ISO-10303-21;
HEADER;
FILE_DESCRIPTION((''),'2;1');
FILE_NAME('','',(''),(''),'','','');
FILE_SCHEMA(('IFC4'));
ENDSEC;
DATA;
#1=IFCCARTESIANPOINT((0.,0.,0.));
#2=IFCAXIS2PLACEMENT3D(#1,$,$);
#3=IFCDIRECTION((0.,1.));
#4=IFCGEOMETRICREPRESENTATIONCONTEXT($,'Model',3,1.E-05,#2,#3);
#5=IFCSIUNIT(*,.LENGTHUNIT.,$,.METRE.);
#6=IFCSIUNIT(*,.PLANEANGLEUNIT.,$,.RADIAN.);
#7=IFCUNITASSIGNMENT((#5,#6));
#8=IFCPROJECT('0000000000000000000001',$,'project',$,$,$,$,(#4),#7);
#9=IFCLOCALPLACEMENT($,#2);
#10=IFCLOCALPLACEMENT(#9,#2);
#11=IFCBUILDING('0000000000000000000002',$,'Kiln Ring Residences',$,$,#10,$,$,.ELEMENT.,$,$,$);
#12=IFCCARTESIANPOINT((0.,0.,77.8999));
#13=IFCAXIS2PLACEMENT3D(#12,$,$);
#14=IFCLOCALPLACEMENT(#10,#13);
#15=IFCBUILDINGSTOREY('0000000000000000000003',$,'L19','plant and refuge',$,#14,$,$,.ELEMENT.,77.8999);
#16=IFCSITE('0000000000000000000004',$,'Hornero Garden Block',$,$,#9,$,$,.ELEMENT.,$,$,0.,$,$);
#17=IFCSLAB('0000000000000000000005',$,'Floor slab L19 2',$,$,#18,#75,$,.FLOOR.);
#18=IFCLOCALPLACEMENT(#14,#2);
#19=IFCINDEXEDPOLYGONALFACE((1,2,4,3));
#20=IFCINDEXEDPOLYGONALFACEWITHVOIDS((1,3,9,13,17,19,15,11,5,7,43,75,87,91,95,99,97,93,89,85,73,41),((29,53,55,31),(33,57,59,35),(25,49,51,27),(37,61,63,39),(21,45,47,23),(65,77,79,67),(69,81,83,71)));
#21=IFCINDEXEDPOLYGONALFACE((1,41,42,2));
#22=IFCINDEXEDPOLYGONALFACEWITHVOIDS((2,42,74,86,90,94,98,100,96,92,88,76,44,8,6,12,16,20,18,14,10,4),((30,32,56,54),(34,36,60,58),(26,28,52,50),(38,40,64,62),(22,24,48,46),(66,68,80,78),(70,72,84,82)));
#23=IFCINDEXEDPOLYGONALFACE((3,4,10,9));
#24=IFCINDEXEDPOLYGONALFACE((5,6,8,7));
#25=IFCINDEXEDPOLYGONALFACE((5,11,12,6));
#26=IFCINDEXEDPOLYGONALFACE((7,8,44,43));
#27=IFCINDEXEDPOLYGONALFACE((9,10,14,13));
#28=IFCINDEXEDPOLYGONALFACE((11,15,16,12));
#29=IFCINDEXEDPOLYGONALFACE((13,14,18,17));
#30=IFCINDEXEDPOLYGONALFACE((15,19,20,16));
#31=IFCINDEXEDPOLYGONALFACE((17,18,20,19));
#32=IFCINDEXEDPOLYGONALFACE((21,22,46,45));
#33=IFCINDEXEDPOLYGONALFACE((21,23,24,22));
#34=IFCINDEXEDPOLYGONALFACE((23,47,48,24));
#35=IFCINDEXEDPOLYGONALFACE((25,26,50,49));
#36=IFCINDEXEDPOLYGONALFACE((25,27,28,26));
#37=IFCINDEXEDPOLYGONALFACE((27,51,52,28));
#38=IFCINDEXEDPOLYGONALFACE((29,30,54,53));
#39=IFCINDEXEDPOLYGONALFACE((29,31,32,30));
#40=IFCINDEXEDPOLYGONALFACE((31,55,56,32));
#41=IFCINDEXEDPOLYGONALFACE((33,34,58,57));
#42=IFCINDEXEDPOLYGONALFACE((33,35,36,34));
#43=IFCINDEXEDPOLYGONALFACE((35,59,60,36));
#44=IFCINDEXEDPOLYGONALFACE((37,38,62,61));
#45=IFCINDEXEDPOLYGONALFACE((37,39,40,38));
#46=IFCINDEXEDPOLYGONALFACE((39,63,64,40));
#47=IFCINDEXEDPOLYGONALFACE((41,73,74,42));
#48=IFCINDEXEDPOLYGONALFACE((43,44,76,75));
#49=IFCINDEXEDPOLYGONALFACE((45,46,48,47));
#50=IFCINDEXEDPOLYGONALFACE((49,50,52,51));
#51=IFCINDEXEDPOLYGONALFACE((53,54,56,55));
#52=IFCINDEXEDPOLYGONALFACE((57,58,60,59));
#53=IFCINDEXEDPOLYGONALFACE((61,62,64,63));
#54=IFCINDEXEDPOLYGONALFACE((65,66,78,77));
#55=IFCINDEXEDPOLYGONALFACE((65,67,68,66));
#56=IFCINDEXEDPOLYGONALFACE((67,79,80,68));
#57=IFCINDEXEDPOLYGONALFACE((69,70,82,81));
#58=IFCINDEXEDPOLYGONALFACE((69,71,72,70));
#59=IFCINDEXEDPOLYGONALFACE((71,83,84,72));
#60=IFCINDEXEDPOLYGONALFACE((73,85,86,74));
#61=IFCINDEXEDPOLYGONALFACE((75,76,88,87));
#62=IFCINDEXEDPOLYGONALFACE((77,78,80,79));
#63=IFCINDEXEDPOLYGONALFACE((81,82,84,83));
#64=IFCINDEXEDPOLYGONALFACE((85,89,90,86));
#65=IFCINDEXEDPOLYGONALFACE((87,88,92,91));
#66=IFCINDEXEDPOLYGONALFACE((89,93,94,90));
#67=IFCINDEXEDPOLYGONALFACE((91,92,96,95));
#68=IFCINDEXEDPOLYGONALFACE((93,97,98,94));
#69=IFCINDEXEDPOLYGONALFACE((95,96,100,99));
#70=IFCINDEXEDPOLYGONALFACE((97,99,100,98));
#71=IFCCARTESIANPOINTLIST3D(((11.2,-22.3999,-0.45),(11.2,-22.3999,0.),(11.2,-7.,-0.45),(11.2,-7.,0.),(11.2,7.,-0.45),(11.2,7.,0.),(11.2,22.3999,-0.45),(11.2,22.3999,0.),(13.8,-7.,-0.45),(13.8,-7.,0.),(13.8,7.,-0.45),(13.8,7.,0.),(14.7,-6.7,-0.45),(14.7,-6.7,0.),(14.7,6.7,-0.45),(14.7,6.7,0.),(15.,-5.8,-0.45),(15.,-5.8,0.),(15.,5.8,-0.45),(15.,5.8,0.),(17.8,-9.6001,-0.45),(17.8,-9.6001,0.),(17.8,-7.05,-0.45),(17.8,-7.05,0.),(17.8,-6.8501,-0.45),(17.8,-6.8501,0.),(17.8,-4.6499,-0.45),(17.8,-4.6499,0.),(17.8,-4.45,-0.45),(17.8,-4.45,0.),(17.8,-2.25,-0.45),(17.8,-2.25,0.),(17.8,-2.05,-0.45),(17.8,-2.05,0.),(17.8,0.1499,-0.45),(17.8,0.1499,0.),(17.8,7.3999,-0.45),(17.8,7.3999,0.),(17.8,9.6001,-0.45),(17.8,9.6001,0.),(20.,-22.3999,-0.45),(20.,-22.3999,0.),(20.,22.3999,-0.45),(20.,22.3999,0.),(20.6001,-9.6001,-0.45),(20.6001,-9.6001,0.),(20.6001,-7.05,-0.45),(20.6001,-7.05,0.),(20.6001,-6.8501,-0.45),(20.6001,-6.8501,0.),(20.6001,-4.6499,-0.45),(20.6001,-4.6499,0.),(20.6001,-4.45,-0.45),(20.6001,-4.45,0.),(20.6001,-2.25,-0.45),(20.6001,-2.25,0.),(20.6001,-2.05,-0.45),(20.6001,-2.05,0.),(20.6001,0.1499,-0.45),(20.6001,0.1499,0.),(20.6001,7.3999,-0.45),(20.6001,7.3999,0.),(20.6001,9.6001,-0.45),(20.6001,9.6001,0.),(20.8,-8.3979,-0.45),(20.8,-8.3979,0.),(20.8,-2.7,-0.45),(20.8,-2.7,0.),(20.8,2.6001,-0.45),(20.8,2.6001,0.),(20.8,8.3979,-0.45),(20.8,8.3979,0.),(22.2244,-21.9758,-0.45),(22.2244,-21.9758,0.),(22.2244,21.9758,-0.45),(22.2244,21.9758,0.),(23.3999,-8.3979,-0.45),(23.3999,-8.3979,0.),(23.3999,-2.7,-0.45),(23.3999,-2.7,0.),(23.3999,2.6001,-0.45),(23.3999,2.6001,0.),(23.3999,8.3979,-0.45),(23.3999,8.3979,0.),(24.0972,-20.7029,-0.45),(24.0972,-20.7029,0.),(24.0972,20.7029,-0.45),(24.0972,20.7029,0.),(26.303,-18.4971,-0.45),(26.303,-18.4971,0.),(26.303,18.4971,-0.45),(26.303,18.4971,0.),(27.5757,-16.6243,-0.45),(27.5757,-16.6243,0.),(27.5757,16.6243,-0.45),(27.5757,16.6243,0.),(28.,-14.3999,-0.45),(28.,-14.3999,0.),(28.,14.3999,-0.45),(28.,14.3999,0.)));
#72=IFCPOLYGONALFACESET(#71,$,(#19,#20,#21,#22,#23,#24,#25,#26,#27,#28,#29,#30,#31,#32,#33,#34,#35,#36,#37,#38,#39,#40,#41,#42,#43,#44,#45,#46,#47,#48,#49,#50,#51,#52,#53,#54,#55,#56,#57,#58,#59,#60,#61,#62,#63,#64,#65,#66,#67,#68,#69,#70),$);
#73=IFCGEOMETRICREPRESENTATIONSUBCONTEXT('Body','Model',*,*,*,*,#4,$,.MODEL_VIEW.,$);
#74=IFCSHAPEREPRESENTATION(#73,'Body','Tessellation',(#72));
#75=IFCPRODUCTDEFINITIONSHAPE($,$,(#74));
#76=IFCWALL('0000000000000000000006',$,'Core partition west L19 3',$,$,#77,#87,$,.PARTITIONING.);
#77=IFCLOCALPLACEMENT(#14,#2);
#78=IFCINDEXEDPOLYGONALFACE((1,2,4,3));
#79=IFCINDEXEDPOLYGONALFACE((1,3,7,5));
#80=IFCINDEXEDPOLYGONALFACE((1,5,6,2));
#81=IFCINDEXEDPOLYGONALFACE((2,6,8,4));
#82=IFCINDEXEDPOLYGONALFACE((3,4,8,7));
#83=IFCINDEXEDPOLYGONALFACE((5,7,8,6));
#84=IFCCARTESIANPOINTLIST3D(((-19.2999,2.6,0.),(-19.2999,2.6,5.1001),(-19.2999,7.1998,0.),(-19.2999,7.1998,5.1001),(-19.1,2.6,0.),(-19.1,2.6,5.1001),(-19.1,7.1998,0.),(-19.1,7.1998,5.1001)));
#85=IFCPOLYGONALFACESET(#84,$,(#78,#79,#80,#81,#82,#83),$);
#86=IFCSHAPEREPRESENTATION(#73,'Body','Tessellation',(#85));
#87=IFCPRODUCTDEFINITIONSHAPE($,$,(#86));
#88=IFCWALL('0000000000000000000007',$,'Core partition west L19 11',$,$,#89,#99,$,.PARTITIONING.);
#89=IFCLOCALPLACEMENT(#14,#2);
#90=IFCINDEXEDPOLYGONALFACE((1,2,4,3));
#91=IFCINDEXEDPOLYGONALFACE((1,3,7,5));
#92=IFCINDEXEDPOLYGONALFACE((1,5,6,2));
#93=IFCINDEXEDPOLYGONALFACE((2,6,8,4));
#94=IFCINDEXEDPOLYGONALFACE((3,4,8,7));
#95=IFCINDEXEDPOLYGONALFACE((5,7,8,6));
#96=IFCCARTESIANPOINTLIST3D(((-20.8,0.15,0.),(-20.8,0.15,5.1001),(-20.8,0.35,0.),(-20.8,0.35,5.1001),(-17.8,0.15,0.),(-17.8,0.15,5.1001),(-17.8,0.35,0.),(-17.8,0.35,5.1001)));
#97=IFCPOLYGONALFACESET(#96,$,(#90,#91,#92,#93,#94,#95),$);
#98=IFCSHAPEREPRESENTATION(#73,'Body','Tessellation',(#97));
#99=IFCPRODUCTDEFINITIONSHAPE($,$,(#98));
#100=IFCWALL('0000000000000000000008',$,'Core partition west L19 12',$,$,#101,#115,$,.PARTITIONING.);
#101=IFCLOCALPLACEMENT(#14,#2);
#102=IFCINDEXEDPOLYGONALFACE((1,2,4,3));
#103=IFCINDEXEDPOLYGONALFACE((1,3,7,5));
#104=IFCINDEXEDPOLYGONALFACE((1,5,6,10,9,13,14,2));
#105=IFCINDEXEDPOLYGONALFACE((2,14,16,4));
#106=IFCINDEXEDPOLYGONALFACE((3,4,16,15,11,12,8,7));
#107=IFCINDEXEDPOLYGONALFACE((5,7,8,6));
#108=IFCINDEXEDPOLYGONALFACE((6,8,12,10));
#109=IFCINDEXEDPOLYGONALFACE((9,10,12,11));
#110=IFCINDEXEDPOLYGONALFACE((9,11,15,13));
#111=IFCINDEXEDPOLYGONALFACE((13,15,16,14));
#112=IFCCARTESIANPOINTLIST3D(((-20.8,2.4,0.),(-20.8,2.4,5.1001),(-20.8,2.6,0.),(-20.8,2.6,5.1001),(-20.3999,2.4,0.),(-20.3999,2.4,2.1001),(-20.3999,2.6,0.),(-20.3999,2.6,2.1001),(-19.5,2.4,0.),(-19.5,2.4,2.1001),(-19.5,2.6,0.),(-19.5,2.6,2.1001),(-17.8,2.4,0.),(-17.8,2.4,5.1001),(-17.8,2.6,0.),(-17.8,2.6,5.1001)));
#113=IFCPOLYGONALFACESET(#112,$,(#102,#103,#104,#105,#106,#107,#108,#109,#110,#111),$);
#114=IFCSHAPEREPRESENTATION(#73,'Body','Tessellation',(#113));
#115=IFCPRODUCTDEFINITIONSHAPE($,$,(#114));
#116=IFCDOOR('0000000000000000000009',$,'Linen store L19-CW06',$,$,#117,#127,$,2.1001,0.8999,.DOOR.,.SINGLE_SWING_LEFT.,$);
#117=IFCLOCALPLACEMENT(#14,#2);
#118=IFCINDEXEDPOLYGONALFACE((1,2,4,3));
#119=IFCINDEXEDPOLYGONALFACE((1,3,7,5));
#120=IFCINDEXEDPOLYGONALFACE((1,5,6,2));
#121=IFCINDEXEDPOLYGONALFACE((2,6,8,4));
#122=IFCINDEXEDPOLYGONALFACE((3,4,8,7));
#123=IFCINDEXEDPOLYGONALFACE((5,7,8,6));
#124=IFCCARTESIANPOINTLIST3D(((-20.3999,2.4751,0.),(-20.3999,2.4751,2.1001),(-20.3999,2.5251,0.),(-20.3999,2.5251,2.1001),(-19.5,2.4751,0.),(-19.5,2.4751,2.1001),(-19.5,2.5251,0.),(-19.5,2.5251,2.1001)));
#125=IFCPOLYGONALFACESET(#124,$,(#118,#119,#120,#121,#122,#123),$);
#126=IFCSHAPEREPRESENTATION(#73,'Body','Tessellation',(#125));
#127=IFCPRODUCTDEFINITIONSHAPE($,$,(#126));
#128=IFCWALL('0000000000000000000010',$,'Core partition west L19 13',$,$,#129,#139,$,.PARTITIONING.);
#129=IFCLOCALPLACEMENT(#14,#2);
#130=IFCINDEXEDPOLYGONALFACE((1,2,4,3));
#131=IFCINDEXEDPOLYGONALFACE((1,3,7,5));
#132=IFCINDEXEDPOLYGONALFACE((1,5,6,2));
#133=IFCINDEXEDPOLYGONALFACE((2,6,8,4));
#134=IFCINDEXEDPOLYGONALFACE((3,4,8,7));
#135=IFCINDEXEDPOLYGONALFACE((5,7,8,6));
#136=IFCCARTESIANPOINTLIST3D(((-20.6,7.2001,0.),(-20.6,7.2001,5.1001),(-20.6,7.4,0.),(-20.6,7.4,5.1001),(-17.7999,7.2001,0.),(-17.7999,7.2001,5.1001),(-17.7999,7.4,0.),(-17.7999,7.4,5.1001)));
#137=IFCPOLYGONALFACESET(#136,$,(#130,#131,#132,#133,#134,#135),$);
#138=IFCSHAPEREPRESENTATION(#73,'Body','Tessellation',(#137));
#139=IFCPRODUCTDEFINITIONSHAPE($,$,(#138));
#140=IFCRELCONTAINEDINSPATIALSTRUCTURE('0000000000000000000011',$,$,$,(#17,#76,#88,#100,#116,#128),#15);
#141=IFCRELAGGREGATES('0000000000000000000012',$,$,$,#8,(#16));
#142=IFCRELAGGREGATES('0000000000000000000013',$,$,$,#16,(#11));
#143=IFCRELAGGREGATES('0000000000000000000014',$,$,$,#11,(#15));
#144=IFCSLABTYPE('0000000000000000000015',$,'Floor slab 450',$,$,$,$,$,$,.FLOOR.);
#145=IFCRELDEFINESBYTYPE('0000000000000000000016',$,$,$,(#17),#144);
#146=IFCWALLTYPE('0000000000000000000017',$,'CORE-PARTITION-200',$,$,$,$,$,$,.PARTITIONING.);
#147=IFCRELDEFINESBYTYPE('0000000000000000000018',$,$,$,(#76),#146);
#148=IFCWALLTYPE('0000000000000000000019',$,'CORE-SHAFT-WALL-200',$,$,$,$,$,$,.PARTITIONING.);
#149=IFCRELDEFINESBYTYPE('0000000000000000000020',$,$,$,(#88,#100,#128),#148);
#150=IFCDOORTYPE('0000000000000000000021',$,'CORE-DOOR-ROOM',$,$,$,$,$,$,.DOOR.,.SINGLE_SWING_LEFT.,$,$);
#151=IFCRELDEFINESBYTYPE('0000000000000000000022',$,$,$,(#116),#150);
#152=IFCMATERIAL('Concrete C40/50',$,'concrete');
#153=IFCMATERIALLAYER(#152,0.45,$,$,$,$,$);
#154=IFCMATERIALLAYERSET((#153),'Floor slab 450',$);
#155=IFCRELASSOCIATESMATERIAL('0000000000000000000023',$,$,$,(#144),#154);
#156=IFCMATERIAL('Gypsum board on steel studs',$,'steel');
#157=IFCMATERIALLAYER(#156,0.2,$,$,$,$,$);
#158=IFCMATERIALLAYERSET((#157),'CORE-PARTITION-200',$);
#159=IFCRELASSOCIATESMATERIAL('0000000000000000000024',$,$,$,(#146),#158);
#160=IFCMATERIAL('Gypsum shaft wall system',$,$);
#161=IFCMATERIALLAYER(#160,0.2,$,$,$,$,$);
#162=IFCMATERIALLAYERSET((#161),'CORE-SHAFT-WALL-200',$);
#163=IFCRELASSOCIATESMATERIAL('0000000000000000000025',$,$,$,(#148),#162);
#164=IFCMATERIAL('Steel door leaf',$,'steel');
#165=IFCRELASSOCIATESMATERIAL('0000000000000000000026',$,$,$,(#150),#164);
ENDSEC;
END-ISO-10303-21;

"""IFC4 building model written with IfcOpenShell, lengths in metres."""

from ifc_helpers import new_model, si_unit, direction, frame, frame_2d, origin, place, context, subcontext, project, spatial, polyline, rectangle, outline, extrude, material, layer, layer_set, type_object, element, fill, save


model = new_model("IFC4")

# Units and contexts
model_context = context("Model", 3, precision=1e-05, world=origin(), true_north=direction((0.0, 1.0)))
body_context = subcontext(model_context, "Body", "Model", "MODEL_VIEW")
ifc_project = project(units=[si_unit("LENGTHUNIT", "METRE"), si_unit("PLANEANGLEUNIT", "RADIAN")], contexts=[model_context])

# Site, building, storey
site_placement = place(None, origin())
site = spatial("IfcSite", under=ifc_project, at=site_placement, Name="Hornero Garden Block", CompositionType="ELEMENT", RefElevation=0.0)
building_placement = place(site_placement, origin())
building = spatial("IfcBuilding", under=site, at=building_placement, Name="Kiln Ring Residences", CompositionType="ELEMENT")
storey_placement = place(building_placement, frame((0.0, 0.0, 77.8999)))
storey = spatial("IfcBuildingStorey", under=building, at=storey_placement, Name="L19", Description="plant and refuge", CompositionType="ELEMENT", Elevation=77.8999)

# Slab
ifc_material_1 = material(Name="Concrete C40/50", Category="concrete")
ifc_layer_1 = layer(ifc_material_1, 0.45)
ifc_layer_set_1 = layer_set([ifc_layer_1], Name="Floor slab 450")
slab_type = type_object("IfcSlabType", Name="Floor slab 450", PredefinedType="FLOOR", material=ifc_layer_set_1)
placement = place(storey_placement, frame((0.0, 0.0, -0.45)))
element("IfcSlab", 1, at=placement, inside=storey, type_object=slab_type, Name="Floor slab L19 2", PredefinedType="FLOOR", context=body_context, shape_type="SweptSolid", body=[
    extrude(outline(polyline([(13.8, -7.0), (11.2, -7.0), (11.2, -22.3999), (20.0, -22.3999), (22.2244, -21.9758), (24.0972, -20.7029), (26.303, -18.4971), (27.5757, -16.6243), (28.0, -14.3999), (28.0, 14.3999), (27.5757, 16.6243), (26.303, 18.4971), (24.0972, 20.7029), (22.2244, 21.9758), (20.0, 22.3999), (11.2, 22.3999), (11.2, 7.0), (13.8, 7.0), (14.7, 6.7), (15.0, 5.8), (15.0, -5.8), (14.7, -6.7), (13.8, -7.0)]), holes=[polyline([(20.8, -8.3979), (20.8, -2.7), (23.3999, -2.7), (23.3999, -8.3979), (20.8, -8.3979)]), polyline([(20.8, 2.6001), (20.8, 8.3979), (23.3999, 8.3979), (23.3999, 2.6001), (20.8, 2.6001)]), polyline([(17.8, -6.8501), (17.8, -4.6499), (20.6001, -4.6499), (20.6001, -6.8501), (17.8, -6.8501)]), polyline([(17.8, -4.45), (17.8, -2.25), (20.6001, -2.25), (20.6001, -4.45), (17.8, -4.45)]), polyline([(17.8, -2.05), (17.8, 0.1499), (20.6001, 0.1499), (20.6001, -2.05), (17.8, -2.05)]), polyline([(17.8, 7.3999), (17.8, 9.6001), (20.6001, 9.6001), (20.6001, 7.3999), (17.8, 7.3999)]), polyline([(20.6001, -9.6001), (17.8, -9.6001), (17.8, -7.05), (20.6001, -7.05), (20.6001, -9.6001)])]), origin(), (0.0, 0.0, 1.0), 0.45),
])

# Walls
ifc_material_2 = material(Name="Gypsum board on steel studs", Category="steel")
ifc_layer_2 = layer(ifc_material_2, 0.2)
ifc_layer_set_2 = layer_set([ifc_layer_2], Name="CORE-PARTITION-200")
wall_type_1 = type_object("IfcWallType", Name="CORE-PARTITION-200", PredefinedType="PARTITIONING", material=ifc_layer_set_2)
wall_1_placement = place(storey_placement, frame((-19.2, 2.6001, 0.0), z_axis=(0.0, 0.0, 1.0), x_axis=(0.0, 1.0, 0.0)))
element("IfcWall", 2, at=wall_1_placement, inside=storey, type_object=wall_type_1, Name="Core partition west L19 3", PredefinedType="PARTITIONING", context=body_context, shape_type="SweptSolid", body=[
    extrude(rectangle(XDim=4.5999, YDim=0.2, at=frame_2d((2.2998, 0.0))), origin(), (0.0, 0.0, 1.0), 5.1001),
])
ifc_material_3 = material(Name="Gypsum shaft wall system")
ifc_layer_3 = layer(ifc_material_3, 0.2)
ifc_layer_set_3 = layer_set([ifc_layer_3], Name="CORE-SHAFT-WALL-200")
wall_type_2 = type_object("IfcWallType", Name="CORE-SHAFT-WALL-200", PredefinedType="PARTITIONING", material=ifc_layer_set_3)
wall_2_placement = place(storey_placement, frame((-17.8, 0.25, 0.0), z_axis=(0.0, 0.0, 1.0), x_axis=(-1.0, 0.0, 0.0)))
element("IfcWall", 3, at=wall_2_placement, inside=storey, type_object=wall_type_2, Name="Core partition west L19 11", PredefinedType="PARTITIONING", context=body_context, shape_type="SweptSolid", body=[
    extrude(rectangle(XDim=3.0, YDim=0.2, at=frame_2d((1.5, 0.0))), origin(), (0.0, 0.0, 1.0), 5.1001),
])

# Wall, opening, door
wall_3_placement = place(storey_placement, frame((-17.8, 2.5, 0.0), z_axis=(0.0, 0.0, 1.0), x_axis=(-1.0, 0.0, 0.0)))
wall_3 = element("IfcWall", 4, at=wall_3_placement, inside=storey, type_object=wall_type_2, Name="Core partition west L19 12", PredefinedType="PARTITIONING", context=body_context, shape_type="SweptSolid", body=[
    extrude(rectangle(XDim=3.0, YDim=0.2, at=frame_2d((1.5, 0.0))), origin(), (0.0, 0.0, 1.0), 5.1001),
])
opening_1_placement = place(wall_3_placement, frame((1.7, 0.0, 0.0)))
opening_1 = element("IfcOpeningElement", 5, at=opening_1_placement, cuts=wall_3, PredefinedType="OPENING", context=body_context, shape_type="SweptSolid", body=[
    extrude(rectangle(XDim=0.8999, YDim=2.1001, at=frame_2d((0.45, 1.05))), frame((0.0, 0.1099, 0.0), z_axis=(0.0, -1.0, 0.0), x_axis=(1.0, 0.0, 0.0)), (0.0, 0.0, 1.0), 0.22),
])
ifc_material_4 = material(Name="Steel door leaf", Category="steel")
door_type_1 = type_object("IfcDoorType", Name="CORE-DOOR-ROOM", OperationType="SINGLE_SWING_LEFT", PredefinedType="DOOR", material=ifc_material_4)
door_1_placement = place(opening_1_placement, origin())
door_1 = element("IfcDoor", 6, at=door_1_placement, inside=storey, type_object=door_type_1, Name="Linen store L19-CW06", OperationType="SINGLE_SWING_LEFT", OverallHeight=2.1001, OverallWidth=0.8999, PredefinedType="DOOR", context=body_context, shape_type="SweptSolid", body=[
    extrude(rectangle(XDim=0.8999, YDim=2.1001, at=frame_2d((0.45, 1.05))), frame((0.0, 0.0249, 0.0), z_axis=(0.0, -1.0, 0.0), x_axis=(1.0, 0.0, 0.0)), (0.0, 0.0, 1.0), 0.05),
])
fill(opening_1, door_1)

# Wall
wall_4_placement = place(storey_placement, frame((-17.8, 7.3, 0.0), z_axis=(0.0, 0.0, 1.0), x_axis=(-1.0, 0.0, 0.0)))
element("IfcWall", 7, at=wall_4_placement, inside=storey, type_object=wall_type_2, Name="Core partition west L19 13", PredefinedType="PARTITIONING", context=body_context, shape_type="SweptSolid", body=[
    extrude(rectangle(XDim=2.8, YDim=0.2, at=frame_2d((1.3999, 0.0))), origin(), (0.0, 0.0, 1.0), 5.1001),
])

save(model, "model.ifc")
